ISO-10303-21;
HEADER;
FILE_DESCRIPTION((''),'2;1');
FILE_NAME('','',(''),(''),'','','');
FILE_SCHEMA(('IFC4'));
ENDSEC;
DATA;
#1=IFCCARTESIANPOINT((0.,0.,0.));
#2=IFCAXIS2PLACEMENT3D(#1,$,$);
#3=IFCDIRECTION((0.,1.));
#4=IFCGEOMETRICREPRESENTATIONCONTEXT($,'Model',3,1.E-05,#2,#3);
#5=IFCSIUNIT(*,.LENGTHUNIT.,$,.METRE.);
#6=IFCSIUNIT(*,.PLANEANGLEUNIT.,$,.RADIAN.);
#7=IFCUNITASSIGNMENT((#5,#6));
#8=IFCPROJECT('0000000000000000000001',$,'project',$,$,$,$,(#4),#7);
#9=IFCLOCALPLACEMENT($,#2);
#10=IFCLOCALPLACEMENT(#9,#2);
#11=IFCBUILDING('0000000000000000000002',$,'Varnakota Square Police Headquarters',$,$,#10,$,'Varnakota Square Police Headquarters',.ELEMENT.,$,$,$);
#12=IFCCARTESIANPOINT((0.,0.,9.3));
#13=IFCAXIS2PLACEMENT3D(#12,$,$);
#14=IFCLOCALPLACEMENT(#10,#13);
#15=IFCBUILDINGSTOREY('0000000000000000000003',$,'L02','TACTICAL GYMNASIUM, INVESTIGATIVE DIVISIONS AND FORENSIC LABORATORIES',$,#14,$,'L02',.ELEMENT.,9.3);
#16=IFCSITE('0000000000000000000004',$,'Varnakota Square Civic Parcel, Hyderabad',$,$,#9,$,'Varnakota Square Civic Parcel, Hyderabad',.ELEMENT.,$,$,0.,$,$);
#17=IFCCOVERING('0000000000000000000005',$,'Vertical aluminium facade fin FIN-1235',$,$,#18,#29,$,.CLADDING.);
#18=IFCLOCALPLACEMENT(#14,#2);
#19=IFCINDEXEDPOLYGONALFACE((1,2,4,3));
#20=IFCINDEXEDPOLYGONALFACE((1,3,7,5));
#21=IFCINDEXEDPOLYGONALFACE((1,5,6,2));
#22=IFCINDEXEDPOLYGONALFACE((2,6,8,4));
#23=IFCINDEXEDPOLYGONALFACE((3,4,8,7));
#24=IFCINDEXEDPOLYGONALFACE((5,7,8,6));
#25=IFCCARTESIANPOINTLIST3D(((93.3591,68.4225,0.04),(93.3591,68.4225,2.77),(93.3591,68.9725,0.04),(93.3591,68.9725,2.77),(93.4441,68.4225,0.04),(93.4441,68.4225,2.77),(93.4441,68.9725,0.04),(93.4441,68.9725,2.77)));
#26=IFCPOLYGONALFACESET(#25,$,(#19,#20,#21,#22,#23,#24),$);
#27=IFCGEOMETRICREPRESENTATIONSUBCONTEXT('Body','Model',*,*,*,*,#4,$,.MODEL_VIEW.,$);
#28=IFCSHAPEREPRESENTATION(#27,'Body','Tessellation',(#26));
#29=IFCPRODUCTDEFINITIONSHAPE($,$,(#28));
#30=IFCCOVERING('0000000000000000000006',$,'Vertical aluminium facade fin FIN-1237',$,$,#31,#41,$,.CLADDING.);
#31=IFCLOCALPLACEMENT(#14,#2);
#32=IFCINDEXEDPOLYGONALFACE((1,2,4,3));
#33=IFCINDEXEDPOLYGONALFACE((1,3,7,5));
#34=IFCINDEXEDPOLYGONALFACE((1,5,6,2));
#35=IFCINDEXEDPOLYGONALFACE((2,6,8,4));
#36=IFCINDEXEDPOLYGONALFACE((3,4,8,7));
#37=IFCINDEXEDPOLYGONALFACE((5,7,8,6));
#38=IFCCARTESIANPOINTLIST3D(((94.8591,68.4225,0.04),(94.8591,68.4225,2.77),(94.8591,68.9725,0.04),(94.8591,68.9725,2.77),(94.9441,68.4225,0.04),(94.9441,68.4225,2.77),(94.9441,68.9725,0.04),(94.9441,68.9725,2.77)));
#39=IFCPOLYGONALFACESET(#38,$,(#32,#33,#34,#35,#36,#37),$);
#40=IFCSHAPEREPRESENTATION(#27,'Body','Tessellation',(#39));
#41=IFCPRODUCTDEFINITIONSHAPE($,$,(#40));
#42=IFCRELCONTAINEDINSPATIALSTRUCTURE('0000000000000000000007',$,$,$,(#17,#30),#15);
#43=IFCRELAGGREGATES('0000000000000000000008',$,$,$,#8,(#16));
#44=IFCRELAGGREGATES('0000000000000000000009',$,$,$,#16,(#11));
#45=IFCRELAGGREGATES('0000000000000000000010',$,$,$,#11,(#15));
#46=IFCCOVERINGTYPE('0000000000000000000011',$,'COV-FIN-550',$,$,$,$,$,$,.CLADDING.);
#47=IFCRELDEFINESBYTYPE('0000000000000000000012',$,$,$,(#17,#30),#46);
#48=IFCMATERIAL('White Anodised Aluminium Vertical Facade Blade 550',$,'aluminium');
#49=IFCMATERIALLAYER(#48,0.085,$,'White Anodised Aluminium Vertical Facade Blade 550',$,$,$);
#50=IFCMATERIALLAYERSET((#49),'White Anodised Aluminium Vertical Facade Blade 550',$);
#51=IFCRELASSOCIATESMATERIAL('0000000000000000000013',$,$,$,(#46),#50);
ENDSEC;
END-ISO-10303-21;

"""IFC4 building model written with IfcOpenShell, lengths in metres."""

from ifc_helpers import new_model, si_unit, direction, frame, origin, origin_2d, place, context, subcontext, project, spatial, rectangle, extrude, material, layer, layer_set, type_object, element, save


model = new_model("IFC4")

# Units and contexts
model_context = context("Model", 3, precision=1e-05, world=origin(), true_north=direction((0.0, 1.0)))
body_context = subcontext(model_context, "Body", "Model", "MODEL_VIEW")
ifc_project = project(units=[si_unit("LENGTHUNIT", "METRE"), si_unit("PLANEANGLEUNIT", "RADIAN")], contexts=[model_context])

# Site, building, storey
site_placement = place(None, origin())
site = spatial("IfcSite", under=ifc_project, at=site_placement, Name="Varnakota Square Civic Parcel, Hyderabad", LongName="Varnakota Square Civic Parcel, Hyderabad", CompositionType="ELEMENT", RefElevation=0.0)
building_placement = place(site_placement, origin())
building = spatial("IfcBuilding", under=site, at=building_placement, Name="Varnakota Square Police Headquarters", LongName="Varnakota Square Police Headquarters", CompositionType="ELEMENT")
storey_placement = place(building_placement, frame((0.0, 0.0, 9.3)))
storey = spatial("IfcBuildingStorey", under=building, at=storey_placement, Name="L02", Description="TACTICAL GYMNASIUM, INVESTIGATIVE DIVISIONS AND FORENSIC LABORATORIES", LongName="L02", CompositionType="ELEMENT", Elevation=9.3)

# Coverings
ifc_material_1 = material(Name="White Anodised Aluminium Vertical Facade Blade 550", Category="aluminium")
ifc_layer_1 = layer(ifc_material_1, 0.085, Name="White Anodised Aluminium Vertical Facade Blade 550")
ifc_layer_set_1 = layer_set([ifc_layer_1], Name="White Anodised Aluminium Vertical Facade Blade 550")
covering_type_1 = type_object("IfcCoveringType", Name="COV-FIN-550", PredefinedType="CLADDING", material=ifc_layer_set_1)
for number, where, z_axis, x_axis, name in (
    (1, (93.4016, 68.6975, 0.04), (0.0, 0.0, 1.0), (1.0, 0.0, 0.0), "Vertical aluminium facade fin FIN-1235"),
    (2, (94.9016, 68.6975, 0.04), (0.0, 0.0, 1.0), (1.0, 0.0, 0.0), "Vertical aluminium facade fin FIN-1237"),
):
    element("IfcCovering", number, at=place(storey_placement, frame(where, z_axis=z_axis, x_axis=x_axis)), inside=storey, type_object=covering_type_1, Name=name, PredefinedType="CLADDING", context=body_context, shape_type="SweptSolid", body=[
        extrude(rectangle(XDim=0.085, YDim=0.55, at=origin_2d()), origin(), (0.0, 0.0, 1.0), 2.73),
    ])

save(model, "model.ifc")
